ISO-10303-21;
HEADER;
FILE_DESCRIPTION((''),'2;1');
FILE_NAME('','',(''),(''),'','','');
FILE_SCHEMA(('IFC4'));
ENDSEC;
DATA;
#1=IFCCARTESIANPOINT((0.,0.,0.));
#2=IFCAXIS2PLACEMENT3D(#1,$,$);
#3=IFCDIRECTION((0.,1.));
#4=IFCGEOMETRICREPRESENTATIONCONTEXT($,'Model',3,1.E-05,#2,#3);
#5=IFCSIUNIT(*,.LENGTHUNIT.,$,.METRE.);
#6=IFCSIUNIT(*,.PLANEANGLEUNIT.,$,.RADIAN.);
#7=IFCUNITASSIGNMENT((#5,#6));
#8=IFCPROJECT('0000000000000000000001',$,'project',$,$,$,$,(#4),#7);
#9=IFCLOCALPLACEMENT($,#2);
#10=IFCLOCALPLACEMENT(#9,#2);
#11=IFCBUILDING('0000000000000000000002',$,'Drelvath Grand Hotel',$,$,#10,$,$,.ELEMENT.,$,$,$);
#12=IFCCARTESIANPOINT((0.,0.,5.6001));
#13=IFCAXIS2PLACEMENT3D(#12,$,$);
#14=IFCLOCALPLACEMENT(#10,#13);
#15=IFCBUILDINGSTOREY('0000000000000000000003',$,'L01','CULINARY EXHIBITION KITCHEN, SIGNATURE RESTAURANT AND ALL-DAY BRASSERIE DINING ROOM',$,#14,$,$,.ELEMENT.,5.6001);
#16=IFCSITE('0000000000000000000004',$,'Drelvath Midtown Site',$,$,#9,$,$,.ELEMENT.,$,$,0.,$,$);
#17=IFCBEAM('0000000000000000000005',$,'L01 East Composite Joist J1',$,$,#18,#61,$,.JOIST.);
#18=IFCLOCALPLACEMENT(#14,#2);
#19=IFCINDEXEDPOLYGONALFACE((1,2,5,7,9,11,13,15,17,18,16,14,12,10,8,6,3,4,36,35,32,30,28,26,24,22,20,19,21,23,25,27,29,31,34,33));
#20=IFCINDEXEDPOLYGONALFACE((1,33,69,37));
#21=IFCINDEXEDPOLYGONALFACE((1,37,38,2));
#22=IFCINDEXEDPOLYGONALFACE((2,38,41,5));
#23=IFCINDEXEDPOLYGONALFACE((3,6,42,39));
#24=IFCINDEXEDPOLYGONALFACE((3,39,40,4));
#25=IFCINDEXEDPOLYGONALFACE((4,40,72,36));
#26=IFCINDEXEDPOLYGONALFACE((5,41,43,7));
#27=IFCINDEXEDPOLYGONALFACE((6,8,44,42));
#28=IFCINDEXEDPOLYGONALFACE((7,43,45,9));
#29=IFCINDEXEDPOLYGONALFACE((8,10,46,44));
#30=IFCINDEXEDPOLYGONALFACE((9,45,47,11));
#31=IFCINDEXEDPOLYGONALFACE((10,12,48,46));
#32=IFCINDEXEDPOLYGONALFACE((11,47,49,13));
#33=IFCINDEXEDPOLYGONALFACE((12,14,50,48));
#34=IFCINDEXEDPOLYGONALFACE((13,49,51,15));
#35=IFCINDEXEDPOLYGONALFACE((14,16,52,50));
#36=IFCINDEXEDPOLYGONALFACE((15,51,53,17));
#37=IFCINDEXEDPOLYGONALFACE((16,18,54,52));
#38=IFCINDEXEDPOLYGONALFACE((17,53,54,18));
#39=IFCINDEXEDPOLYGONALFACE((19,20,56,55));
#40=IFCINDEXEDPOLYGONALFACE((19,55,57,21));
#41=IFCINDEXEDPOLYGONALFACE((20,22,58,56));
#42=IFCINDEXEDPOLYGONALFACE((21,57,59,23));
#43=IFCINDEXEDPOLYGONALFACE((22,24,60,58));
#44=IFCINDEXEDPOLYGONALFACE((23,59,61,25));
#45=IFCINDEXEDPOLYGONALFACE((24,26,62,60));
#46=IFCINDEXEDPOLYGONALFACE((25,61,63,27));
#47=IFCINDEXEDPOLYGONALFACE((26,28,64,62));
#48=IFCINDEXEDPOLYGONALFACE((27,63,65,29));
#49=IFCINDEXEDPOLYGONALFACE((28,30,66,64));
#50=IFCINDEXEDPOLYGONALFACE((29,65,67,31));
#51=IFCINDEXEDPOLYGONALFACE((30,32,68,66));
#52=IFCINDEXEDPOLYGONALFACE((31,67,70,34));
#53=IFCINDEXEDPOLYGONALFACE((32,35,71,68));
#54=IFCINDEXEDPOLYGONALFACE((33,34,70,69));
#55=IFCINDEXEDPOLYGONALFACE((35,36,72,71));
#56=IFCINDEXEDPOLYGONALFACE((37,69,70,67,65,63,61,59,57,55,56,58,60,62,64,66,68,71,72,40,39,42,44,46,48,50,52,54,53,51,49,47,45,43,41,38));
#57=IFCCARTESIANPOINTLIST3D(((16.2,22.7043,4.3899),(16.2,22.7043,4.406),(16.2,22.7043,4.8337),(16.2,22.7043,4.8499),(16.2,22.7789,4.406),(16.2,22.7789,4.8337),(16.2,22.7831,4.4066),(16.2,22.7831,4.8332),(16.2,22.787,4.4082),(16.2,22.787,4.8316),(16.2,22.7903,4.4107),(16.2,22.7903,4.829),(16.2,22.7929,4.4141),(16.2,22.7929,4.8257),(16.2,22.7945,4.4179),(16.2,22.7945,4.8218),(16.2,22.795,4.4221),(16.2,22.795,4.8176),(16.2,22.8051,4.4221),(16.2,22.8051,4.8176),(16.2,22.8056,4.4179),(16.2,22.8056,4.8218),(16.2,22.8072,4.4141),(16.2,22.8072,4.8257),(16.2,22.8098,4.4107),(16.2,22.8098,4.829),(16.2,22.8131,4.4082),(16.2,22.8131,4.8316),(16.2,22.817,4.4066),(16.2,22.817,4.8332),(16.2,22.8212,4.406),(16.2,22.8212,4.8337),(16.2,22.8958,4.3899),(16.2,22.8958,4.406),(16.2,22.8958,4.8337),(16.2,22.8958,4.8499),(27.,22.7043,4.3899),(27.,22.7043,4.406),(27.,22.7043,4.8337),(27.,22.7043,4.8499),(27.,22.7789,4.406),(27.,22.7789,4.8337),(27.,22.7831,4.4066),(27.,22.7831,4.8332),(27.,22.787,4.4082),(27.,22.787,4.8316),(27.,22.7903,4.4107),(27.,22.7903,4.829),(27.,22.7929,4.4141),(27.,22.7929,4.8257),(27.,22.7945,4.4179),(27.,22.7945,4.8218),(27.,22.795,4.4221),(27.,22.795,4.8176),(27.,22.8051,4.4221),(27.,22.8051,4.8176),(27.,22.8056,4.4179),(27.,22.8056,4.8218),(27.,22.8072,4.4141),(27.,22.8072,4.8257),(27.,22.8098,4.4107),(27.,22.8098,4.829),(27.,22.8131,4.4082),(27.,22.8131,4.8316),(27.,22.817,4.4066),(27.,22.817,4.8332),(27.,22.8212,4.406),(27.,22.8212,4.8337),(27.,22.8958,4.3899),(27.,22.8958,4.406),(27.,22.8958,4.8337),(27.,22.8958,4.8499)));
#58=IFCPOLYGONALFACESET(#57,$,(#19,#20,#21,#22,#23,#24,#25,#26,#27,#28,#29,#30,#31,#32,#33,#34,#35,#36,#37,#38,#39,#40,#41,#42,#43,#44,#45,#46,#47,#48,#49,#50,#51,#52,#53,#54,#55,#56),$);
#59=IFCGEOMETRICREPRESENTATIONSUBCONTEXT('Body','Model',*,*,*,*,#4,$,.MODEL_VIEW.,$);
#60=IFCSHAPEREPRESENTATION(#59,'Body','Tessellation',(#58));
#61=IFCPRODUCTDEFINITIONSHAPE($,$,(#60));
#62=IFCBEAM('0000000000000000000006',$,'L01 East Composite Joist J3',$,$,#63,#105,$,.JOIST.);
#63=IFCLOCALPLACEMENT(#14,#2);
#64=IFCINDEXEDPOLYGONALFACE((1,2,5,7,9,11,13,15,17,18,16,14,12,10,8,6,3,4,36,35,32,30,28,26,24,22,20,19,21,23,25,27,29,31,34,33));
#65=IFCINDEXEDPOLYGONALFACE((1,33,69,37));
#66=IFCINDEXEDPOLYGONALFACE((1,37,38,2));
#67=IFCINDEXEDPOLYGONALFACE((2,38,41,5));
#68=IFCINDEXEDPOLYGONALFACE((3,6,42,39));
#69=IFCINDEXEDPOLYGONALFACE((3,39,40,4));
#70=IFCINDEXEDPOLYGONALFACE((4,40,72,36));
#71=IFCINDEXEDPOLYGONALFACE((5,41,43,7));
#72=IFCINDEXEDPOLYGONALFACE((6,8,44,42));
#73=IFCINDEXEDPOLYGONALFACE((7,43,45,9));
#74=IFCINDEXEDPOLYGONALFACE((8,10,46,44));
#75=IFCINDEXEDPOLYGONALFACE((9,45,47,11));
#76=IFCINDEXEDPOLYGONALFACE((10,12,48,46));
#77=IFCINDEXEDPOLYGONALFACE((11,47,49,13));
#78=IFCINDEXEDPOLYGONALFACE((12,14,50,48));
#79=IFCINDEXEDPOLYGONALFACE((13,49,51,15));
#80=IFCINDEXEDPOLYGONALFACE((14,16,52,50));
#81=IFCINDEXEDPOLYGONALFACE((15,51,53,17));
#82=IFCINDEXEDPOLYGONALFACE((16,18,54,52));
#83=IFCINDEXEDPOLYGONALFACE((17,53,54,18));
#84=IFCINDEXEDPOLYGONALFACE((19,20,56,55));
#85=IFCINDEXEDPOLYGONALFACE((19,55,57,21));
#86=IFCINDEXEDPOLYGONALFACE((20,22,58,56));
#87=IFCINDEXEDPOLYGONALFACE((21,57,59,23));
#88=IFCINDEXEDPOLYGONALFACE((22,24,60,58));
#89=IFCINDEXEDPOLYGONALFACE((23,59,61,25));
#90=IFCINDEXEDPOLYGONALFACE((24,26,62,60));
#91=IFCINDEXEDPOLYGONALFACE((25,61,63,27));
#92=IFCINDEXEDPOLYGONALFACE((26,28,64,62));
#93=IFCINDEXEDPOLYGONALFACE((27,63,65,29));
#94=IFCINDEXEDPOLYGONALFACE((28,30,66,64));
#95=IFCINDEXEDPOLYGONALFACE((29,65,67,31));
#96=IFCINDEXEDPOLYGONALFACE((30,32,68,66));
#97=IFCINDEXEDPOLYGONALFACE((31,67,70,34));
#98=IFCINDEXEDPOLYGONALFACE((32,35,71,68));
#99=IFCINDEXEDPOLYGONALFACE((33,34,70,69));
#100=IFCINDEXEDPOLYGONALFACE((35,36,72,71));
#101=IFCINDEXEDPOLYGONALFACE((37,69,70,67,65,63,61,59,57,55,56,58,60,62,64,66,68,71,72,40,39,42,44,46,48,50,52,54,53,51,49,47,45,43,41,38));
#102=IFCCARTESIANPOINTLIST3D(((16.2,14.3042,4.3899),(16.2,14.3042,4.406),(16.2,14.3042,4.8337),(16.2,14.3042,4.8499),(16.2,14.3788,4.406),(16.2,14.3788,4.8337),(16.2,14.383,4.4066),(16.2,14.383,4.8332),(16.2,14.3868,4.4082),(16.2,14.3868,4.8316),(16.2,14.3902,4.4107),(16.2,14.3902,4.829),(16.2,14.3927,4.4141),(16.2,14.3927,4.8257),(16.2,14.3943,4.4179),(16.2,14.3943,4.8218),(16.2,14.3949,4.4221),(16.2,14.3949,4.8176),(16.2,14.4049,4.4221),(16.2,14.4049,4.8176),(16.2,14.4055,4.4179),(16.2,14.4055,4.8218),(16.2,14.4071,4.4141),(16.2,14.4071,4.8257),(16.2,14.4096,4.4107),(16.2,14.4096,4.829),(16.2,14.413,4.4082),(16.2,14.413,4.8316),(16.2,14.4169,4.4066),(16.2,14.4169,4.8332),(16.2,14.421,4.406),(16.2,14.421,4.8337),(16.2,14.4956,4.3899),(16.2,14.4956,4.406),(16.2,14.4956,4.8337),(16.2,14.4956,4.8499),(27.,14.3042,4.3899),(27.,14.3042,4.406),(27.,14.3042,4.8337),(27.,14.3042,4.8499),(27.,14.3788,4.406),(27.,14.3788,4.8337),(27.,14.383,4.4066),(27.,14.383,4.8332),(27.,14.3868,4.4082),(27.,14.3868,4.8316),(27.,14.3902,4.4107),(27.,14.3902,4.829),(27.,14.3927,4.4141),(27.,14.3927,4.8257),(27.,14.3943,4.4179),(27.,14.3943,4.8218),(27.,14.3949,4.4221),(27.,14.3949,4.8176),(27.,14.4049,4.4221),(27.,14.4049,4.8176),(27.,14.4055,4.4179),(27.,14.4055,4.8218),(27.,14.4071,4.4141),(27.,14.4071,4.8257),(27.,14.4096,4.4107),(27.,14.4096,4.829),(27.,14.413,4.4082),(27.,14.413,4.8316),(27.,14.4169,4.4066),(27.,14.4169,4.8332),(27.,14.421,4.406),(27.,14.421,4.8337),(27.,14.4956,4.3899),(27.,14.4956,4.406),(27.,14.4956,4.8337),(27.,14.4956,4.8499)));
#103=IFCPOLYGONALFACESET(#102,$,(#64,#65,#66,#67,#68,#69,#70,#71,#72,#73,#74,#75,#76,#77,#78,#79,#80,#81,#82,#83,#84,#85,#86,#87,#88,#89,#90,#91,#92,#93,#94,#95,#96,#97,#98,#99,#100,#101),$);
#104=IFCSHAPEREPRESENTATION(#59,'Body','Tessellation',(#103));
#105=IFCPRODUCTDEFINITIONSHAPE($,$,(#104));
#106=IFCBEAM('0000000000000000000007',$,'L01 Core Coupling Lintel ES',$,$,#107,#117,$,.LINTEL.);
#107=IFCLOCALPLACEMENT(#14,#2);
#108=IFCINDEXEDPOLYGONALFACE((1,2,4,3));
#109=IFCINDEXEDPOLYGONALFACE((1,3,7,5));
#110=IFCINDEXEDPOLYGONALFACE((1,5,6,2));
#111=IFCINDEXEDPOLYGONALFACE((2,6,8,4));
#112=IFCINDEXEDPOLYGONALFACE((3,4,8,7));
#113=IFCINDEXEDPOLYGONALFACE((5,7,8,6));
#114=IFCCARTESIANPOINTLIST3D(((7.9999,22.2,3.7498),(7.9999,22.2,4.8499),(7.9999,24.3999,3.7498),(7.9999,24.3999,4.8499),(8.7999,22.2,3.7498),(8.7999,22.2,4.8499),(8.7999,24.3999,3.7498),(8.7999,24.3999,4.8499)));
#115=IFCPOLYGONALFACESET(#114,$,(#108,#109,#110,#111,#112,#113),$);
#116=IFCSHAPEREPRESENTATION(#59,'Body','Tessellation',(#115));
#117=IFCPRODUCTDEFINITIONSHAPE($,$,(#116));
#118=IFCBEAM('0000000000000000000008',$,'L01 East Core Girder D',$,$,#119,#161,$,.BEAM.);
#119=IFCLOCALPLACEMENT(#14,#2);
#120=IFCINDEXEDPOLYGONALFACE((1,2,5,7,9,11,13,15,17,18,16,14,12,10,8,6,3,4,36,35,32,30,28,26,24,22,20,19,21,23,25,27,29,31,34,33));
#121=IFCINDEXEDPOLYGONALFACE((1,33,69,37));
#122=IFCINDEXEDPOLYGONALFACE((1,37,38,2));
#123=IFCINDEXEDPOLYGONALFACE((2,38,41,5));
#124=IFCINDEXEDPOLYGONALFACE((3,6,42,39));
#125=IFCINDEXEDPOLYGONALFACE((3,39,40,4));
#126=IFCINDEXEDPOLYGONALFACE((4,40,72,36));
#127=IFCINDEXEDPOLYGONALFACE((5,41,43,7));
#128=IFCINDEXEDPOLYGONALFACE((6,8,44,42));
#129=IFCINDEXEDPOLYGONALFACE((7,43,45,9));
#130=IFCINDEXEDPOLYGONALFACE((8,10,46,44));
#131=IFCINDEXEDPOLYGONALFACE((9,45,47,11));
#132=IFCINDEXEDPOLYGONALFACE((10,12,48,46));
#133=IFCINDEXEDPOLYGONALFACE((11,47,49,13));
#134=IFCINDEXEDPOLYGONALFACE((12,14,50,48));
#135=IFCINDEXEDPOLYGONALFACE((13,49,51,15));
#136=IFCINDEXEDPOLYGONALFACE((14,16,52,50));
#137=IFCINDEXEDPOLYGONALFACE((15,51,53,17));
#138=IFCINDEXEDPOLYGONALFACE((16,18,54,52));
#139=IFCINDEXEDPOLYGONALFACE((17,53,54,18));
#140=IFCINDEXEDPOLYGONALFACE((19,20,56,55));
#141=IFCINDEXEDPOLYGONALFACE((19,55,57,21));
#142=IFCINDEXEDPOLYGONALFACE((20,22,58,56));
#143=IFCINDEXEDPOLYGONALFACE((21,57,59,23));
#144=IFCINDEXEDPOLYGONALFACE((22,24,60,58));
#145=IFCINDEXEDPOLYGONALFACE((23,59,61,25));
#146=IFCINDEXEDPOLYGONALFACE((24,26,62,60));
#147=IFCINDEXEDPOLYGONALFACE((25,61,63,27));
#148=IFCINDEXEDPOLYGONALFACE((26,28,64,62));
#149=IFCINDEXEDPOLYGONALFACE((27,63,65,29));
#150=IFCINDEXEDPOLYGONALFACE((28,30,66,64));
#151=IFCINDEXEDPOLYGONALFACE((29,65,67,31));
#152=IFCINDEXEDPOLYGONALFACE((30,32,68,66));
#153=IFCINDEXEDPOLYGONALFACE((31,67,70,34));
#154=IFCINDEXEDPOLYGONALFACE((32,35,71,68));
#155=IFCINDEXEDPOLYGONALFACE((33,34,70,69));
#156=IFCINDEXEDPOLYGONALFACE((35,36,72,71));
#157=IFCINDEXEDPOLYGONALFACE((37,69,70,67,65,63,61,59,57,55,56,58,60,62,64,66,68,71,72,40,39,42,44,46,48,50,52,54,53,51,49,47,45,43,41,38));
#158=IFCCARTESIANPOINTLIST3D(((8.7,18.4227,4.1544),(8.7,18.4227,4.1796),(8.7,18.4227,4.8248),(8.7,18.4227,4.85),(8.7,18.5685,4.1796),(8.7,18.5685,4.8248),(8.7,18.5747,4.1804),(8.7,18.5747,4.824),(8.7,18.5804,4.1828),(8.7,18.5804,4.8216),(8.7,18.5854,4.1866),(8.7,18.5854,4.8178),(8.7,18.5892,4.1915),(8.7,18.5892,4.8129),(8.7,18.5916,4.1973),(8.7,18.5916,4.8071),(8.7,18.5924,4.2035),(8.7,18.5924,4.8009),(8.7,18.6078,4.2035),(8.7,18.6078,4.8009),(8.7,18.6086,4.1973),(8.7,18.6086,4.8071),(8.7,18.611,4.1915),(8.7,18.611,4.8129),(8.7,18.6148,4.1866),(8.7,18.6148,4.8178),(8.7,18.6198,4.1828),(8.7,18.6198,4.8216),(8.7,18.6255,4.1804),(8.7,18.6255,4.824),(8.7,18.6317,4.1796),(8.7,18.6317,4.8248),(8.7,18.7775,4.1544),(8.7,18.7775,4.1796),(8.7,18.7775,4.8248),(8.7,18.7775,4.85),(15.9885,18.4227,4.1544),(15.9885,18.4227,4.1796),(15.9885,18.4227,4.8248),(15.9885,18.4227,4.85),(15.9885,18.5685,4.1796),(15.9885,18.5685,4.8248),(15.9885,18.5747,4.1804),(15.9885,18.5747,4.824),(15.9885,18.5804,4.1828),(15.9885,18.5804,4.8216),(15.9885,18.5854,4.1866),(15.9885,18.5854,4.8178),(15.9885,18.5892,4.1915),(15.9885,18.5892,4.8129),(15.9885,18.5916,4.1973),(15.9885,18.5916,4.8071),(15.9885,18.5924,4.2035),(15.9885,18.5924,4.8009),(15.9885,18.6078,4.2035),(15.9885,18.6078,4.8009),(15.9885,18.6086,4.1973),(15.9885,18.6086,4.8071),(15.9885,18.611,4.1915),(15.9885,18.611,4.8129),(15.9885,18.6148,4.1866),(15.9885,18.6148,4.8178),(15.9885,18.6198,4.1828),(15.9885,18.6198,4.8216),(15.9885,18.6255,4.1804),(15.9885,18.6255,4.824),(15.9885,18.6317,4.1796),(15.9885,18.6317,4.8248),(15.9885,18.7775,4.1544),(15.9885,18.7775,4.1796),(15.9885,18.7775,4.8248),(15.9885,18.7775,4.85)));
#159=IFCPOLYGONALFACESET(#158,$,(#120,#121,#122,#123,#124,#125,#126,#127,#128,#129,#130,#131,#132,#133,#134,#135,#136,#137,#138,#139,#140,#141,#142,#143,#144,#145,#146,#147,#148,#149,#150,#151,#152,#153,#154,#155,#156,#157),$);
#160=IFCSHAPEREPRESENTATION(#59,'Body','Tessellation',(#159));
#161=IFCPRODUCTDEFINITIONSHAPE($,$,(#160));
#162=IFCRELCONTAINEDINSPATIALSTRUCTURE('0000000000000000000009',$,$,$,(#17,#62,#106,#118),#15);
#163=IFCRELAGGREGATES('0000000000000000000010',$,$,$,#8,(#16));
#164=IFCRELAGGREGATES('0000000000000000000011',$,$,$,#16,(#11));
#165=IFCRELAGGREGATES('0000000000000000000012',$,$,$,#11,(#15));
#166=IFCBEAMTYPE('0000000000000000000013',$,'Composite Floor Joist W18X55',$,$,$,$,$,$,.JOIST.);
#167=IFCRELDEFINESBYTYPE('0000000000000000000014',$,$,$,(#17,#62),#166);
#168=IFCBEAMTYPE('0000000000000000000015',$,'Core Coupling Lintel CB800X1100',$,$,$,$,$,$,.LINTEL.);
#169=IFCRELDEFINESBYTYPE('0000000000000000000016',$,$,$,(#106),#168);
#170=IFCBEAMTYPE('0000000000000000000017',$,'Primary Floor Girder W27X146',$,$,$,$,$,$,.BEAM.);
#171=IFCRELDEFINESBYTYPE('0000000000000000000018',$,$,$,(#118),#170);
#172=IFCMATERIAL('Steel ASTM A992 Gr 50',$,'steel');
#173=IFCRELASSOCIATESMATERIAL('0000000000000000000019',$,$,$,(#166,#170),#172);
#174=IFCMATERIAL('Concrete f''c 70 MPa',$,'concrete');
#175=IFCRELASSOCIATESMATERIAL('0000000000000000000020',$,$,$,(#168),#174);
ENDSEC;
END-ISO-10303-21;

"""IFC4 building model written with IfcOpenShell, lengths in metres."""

from ifc_helpers import new_model, si_unit, direction, frame, origin, origin_2d, place, context, subcontext, project, spatial, rectangle, i_section, extrude, material, material_profile, profile_set, type_object, element, save


model = new_model("IFC4")

# Units and contexts
model_context = context("Model", 3, precision=1e-05, world=origin(), true_north=direction((0.0, 1.0)))
body_context = subcontext(model_context, "Body", "Model", "MODEL_VIEW")
ifc_project = project(units=[si_unit("LENGTHUNIT", "METRE"), si_unit("PLANEANGLEUNIT", "RADIAN")], contexts=[model_context])

# Site, building, storey
site_placement = place(None, origin())
site = spatial("IfcSite", under=ifc_project, at=site_placement, Name="Drelvath Midtown Site", CompositionType="ELEMENT", RefElevation=0.0)
building_placement = place(site_placement, origin())
building = spatial("IfcBuilding", under=site, at=building_placement, Name="Drelvath Grand Hotel", CompositionType="ELEMENT")
storey_placement = place(building_placement, frame((0.0, 0.0, 5.6001)))
storey = spatial("IfcBuildingStorey", under=building, at=storey_placement, Name="L01", Description="CULINARY EXHIBITION KITCHEN, SIGNATURE RESTAURANT AND ALL-DAY BRASSERIE DINING ROOM", CompositionType="ELEMENT", Elevation=5.6001)

# Beams
ifc_material_1 = material(Name="Steel ASTM A992 Gr 50", Category="steel")
ifc_material_profile_1 = material_profile(ifc_material_1, i_section(OverallWidth=0.1914, OverallDepth=0.46, WebThickness=0.01, FlangeThickness=0.0161, FilletRadius=0.0161, at=origin_2d()), Name="W18X55")
ifc_profile_set_1 = profile_set([ifc_material_profile_1], Name="Steel ASTM A992 Gr 50")
beam_type_1 = type_object("IfcBeamType", Name="Composite Floor Joist W18X55", PredefinedType="JOIST", material=ifc_profile_set_1)
for number, where, z_axis, x_axis, name in (
    (1, (16.2, 22.8, 4.6199), (1.0, 0.0, 0.0), (0.0, 1.0, 0.0), "L01 East Composite Joist J1"),
    (2, (16.2, 14.3999, 4.6199), (1.0, 0.0, 0.0), (0.0, 1.0, 0.0), "L01 East Composite Joist J3"),
):
    element("IfcBeam", number, at=place(storey_placement, frame(where, z_axis=z_axis, x_axis=x_axis)), inside=storey, type_object=beam_type_1, Name=name, PredefinedType="JOIST", context=body_context, shape_type="SweptSolid", body=[
        extrude(i_section(OverallWidth=0.1914, OverallDepth=0.46, WebThickness=0.01, FlangeThickness=0.0161, FilletRadius=0.0161, at=origin_2d()), origin(), (0.0, 0.0, 1.0), 10.8),
    ])
ifc_material_2 = material(Name="Concrete f'c 70 MPa", Category="concrete")
ifc_material_profile_2 = material_profile(ifc_material_2, rectangle(XDim=0.8, YDim=1.1001, at=origin_2d()), Name="CB800X1100")
ifc_profile_set_2 = profile_set([ifc_material_profile_2], Name="Concrete f'c 70 MPa")
beam_type_2 = type_object("IfcBeamType", Name="Core Coupling Lintel CB800X1100", PredefinedType="LINTEL", material=ifc_profile_set_2)
beam_1_placement = place(storey_placement, frame((8.3999, 22.2, 4.2998), z_axis=(0.0, 1.0, 0.0), x_axis=(-1.0, 0.0, 0.0)))
element("IfcBeam", 3, at=beam_1_placement, inside=storey, type_object=beam_type_2, Name="L01 Core Coupling Lintel ES", PredefinedType="LINTEL", context=body_context, shape_type="SweptSolid", body=[
    extrude(rectangle(XDim=0.8, YDim=1.1001, at=origin_2d()), origin(), (0.0, 0.0, 1.0), 2.2),
])
ifc_material_profile_3 = material_profile(ifc_material_1, i_section(OverallWidth=0.3547, OverallDepth=0.6956, WebThickness=0.0154, FlangeThickness=0.0251, FilletRadius=0.0239, at=origin_2d()), Name="W27X146")
ifc_profile_set_3 = profile_set([ifc_material_profile_3], Name="Steel ASTM A992 Gr 50")
beam_type_3 = type_object("IfcBeamType", Name="Primary Floor Girder W27X146", PredefinedType="BEAM", material=ifc_profile_set_3)
beam_2_placement = place(storey_placement, frame((8.7, 18.6001, 4.5022), z_axis=(1.0, 0.0, 0.0), x_axis=(0.0, 1.0, 0.0)))
element("IfcBeam", 4, at=beam_2_placement, inside=storey, type_object=beam_type_3, Name="L01 East Core Girder D", PredefinedType="BEAM", context=body_context, shape_type="SweptSolid", body=[
    extrude(i_section(OverallWidth=0.3547, OverallDepth=0.6956, WebThickness=0.0154, FlangeThickness=0.0251, FilletRadius=0.0239, at=origin_2d()), origin(), (0.0, 0.0, 1.0), 7.2886),
])

save(model, "model.ifc")
